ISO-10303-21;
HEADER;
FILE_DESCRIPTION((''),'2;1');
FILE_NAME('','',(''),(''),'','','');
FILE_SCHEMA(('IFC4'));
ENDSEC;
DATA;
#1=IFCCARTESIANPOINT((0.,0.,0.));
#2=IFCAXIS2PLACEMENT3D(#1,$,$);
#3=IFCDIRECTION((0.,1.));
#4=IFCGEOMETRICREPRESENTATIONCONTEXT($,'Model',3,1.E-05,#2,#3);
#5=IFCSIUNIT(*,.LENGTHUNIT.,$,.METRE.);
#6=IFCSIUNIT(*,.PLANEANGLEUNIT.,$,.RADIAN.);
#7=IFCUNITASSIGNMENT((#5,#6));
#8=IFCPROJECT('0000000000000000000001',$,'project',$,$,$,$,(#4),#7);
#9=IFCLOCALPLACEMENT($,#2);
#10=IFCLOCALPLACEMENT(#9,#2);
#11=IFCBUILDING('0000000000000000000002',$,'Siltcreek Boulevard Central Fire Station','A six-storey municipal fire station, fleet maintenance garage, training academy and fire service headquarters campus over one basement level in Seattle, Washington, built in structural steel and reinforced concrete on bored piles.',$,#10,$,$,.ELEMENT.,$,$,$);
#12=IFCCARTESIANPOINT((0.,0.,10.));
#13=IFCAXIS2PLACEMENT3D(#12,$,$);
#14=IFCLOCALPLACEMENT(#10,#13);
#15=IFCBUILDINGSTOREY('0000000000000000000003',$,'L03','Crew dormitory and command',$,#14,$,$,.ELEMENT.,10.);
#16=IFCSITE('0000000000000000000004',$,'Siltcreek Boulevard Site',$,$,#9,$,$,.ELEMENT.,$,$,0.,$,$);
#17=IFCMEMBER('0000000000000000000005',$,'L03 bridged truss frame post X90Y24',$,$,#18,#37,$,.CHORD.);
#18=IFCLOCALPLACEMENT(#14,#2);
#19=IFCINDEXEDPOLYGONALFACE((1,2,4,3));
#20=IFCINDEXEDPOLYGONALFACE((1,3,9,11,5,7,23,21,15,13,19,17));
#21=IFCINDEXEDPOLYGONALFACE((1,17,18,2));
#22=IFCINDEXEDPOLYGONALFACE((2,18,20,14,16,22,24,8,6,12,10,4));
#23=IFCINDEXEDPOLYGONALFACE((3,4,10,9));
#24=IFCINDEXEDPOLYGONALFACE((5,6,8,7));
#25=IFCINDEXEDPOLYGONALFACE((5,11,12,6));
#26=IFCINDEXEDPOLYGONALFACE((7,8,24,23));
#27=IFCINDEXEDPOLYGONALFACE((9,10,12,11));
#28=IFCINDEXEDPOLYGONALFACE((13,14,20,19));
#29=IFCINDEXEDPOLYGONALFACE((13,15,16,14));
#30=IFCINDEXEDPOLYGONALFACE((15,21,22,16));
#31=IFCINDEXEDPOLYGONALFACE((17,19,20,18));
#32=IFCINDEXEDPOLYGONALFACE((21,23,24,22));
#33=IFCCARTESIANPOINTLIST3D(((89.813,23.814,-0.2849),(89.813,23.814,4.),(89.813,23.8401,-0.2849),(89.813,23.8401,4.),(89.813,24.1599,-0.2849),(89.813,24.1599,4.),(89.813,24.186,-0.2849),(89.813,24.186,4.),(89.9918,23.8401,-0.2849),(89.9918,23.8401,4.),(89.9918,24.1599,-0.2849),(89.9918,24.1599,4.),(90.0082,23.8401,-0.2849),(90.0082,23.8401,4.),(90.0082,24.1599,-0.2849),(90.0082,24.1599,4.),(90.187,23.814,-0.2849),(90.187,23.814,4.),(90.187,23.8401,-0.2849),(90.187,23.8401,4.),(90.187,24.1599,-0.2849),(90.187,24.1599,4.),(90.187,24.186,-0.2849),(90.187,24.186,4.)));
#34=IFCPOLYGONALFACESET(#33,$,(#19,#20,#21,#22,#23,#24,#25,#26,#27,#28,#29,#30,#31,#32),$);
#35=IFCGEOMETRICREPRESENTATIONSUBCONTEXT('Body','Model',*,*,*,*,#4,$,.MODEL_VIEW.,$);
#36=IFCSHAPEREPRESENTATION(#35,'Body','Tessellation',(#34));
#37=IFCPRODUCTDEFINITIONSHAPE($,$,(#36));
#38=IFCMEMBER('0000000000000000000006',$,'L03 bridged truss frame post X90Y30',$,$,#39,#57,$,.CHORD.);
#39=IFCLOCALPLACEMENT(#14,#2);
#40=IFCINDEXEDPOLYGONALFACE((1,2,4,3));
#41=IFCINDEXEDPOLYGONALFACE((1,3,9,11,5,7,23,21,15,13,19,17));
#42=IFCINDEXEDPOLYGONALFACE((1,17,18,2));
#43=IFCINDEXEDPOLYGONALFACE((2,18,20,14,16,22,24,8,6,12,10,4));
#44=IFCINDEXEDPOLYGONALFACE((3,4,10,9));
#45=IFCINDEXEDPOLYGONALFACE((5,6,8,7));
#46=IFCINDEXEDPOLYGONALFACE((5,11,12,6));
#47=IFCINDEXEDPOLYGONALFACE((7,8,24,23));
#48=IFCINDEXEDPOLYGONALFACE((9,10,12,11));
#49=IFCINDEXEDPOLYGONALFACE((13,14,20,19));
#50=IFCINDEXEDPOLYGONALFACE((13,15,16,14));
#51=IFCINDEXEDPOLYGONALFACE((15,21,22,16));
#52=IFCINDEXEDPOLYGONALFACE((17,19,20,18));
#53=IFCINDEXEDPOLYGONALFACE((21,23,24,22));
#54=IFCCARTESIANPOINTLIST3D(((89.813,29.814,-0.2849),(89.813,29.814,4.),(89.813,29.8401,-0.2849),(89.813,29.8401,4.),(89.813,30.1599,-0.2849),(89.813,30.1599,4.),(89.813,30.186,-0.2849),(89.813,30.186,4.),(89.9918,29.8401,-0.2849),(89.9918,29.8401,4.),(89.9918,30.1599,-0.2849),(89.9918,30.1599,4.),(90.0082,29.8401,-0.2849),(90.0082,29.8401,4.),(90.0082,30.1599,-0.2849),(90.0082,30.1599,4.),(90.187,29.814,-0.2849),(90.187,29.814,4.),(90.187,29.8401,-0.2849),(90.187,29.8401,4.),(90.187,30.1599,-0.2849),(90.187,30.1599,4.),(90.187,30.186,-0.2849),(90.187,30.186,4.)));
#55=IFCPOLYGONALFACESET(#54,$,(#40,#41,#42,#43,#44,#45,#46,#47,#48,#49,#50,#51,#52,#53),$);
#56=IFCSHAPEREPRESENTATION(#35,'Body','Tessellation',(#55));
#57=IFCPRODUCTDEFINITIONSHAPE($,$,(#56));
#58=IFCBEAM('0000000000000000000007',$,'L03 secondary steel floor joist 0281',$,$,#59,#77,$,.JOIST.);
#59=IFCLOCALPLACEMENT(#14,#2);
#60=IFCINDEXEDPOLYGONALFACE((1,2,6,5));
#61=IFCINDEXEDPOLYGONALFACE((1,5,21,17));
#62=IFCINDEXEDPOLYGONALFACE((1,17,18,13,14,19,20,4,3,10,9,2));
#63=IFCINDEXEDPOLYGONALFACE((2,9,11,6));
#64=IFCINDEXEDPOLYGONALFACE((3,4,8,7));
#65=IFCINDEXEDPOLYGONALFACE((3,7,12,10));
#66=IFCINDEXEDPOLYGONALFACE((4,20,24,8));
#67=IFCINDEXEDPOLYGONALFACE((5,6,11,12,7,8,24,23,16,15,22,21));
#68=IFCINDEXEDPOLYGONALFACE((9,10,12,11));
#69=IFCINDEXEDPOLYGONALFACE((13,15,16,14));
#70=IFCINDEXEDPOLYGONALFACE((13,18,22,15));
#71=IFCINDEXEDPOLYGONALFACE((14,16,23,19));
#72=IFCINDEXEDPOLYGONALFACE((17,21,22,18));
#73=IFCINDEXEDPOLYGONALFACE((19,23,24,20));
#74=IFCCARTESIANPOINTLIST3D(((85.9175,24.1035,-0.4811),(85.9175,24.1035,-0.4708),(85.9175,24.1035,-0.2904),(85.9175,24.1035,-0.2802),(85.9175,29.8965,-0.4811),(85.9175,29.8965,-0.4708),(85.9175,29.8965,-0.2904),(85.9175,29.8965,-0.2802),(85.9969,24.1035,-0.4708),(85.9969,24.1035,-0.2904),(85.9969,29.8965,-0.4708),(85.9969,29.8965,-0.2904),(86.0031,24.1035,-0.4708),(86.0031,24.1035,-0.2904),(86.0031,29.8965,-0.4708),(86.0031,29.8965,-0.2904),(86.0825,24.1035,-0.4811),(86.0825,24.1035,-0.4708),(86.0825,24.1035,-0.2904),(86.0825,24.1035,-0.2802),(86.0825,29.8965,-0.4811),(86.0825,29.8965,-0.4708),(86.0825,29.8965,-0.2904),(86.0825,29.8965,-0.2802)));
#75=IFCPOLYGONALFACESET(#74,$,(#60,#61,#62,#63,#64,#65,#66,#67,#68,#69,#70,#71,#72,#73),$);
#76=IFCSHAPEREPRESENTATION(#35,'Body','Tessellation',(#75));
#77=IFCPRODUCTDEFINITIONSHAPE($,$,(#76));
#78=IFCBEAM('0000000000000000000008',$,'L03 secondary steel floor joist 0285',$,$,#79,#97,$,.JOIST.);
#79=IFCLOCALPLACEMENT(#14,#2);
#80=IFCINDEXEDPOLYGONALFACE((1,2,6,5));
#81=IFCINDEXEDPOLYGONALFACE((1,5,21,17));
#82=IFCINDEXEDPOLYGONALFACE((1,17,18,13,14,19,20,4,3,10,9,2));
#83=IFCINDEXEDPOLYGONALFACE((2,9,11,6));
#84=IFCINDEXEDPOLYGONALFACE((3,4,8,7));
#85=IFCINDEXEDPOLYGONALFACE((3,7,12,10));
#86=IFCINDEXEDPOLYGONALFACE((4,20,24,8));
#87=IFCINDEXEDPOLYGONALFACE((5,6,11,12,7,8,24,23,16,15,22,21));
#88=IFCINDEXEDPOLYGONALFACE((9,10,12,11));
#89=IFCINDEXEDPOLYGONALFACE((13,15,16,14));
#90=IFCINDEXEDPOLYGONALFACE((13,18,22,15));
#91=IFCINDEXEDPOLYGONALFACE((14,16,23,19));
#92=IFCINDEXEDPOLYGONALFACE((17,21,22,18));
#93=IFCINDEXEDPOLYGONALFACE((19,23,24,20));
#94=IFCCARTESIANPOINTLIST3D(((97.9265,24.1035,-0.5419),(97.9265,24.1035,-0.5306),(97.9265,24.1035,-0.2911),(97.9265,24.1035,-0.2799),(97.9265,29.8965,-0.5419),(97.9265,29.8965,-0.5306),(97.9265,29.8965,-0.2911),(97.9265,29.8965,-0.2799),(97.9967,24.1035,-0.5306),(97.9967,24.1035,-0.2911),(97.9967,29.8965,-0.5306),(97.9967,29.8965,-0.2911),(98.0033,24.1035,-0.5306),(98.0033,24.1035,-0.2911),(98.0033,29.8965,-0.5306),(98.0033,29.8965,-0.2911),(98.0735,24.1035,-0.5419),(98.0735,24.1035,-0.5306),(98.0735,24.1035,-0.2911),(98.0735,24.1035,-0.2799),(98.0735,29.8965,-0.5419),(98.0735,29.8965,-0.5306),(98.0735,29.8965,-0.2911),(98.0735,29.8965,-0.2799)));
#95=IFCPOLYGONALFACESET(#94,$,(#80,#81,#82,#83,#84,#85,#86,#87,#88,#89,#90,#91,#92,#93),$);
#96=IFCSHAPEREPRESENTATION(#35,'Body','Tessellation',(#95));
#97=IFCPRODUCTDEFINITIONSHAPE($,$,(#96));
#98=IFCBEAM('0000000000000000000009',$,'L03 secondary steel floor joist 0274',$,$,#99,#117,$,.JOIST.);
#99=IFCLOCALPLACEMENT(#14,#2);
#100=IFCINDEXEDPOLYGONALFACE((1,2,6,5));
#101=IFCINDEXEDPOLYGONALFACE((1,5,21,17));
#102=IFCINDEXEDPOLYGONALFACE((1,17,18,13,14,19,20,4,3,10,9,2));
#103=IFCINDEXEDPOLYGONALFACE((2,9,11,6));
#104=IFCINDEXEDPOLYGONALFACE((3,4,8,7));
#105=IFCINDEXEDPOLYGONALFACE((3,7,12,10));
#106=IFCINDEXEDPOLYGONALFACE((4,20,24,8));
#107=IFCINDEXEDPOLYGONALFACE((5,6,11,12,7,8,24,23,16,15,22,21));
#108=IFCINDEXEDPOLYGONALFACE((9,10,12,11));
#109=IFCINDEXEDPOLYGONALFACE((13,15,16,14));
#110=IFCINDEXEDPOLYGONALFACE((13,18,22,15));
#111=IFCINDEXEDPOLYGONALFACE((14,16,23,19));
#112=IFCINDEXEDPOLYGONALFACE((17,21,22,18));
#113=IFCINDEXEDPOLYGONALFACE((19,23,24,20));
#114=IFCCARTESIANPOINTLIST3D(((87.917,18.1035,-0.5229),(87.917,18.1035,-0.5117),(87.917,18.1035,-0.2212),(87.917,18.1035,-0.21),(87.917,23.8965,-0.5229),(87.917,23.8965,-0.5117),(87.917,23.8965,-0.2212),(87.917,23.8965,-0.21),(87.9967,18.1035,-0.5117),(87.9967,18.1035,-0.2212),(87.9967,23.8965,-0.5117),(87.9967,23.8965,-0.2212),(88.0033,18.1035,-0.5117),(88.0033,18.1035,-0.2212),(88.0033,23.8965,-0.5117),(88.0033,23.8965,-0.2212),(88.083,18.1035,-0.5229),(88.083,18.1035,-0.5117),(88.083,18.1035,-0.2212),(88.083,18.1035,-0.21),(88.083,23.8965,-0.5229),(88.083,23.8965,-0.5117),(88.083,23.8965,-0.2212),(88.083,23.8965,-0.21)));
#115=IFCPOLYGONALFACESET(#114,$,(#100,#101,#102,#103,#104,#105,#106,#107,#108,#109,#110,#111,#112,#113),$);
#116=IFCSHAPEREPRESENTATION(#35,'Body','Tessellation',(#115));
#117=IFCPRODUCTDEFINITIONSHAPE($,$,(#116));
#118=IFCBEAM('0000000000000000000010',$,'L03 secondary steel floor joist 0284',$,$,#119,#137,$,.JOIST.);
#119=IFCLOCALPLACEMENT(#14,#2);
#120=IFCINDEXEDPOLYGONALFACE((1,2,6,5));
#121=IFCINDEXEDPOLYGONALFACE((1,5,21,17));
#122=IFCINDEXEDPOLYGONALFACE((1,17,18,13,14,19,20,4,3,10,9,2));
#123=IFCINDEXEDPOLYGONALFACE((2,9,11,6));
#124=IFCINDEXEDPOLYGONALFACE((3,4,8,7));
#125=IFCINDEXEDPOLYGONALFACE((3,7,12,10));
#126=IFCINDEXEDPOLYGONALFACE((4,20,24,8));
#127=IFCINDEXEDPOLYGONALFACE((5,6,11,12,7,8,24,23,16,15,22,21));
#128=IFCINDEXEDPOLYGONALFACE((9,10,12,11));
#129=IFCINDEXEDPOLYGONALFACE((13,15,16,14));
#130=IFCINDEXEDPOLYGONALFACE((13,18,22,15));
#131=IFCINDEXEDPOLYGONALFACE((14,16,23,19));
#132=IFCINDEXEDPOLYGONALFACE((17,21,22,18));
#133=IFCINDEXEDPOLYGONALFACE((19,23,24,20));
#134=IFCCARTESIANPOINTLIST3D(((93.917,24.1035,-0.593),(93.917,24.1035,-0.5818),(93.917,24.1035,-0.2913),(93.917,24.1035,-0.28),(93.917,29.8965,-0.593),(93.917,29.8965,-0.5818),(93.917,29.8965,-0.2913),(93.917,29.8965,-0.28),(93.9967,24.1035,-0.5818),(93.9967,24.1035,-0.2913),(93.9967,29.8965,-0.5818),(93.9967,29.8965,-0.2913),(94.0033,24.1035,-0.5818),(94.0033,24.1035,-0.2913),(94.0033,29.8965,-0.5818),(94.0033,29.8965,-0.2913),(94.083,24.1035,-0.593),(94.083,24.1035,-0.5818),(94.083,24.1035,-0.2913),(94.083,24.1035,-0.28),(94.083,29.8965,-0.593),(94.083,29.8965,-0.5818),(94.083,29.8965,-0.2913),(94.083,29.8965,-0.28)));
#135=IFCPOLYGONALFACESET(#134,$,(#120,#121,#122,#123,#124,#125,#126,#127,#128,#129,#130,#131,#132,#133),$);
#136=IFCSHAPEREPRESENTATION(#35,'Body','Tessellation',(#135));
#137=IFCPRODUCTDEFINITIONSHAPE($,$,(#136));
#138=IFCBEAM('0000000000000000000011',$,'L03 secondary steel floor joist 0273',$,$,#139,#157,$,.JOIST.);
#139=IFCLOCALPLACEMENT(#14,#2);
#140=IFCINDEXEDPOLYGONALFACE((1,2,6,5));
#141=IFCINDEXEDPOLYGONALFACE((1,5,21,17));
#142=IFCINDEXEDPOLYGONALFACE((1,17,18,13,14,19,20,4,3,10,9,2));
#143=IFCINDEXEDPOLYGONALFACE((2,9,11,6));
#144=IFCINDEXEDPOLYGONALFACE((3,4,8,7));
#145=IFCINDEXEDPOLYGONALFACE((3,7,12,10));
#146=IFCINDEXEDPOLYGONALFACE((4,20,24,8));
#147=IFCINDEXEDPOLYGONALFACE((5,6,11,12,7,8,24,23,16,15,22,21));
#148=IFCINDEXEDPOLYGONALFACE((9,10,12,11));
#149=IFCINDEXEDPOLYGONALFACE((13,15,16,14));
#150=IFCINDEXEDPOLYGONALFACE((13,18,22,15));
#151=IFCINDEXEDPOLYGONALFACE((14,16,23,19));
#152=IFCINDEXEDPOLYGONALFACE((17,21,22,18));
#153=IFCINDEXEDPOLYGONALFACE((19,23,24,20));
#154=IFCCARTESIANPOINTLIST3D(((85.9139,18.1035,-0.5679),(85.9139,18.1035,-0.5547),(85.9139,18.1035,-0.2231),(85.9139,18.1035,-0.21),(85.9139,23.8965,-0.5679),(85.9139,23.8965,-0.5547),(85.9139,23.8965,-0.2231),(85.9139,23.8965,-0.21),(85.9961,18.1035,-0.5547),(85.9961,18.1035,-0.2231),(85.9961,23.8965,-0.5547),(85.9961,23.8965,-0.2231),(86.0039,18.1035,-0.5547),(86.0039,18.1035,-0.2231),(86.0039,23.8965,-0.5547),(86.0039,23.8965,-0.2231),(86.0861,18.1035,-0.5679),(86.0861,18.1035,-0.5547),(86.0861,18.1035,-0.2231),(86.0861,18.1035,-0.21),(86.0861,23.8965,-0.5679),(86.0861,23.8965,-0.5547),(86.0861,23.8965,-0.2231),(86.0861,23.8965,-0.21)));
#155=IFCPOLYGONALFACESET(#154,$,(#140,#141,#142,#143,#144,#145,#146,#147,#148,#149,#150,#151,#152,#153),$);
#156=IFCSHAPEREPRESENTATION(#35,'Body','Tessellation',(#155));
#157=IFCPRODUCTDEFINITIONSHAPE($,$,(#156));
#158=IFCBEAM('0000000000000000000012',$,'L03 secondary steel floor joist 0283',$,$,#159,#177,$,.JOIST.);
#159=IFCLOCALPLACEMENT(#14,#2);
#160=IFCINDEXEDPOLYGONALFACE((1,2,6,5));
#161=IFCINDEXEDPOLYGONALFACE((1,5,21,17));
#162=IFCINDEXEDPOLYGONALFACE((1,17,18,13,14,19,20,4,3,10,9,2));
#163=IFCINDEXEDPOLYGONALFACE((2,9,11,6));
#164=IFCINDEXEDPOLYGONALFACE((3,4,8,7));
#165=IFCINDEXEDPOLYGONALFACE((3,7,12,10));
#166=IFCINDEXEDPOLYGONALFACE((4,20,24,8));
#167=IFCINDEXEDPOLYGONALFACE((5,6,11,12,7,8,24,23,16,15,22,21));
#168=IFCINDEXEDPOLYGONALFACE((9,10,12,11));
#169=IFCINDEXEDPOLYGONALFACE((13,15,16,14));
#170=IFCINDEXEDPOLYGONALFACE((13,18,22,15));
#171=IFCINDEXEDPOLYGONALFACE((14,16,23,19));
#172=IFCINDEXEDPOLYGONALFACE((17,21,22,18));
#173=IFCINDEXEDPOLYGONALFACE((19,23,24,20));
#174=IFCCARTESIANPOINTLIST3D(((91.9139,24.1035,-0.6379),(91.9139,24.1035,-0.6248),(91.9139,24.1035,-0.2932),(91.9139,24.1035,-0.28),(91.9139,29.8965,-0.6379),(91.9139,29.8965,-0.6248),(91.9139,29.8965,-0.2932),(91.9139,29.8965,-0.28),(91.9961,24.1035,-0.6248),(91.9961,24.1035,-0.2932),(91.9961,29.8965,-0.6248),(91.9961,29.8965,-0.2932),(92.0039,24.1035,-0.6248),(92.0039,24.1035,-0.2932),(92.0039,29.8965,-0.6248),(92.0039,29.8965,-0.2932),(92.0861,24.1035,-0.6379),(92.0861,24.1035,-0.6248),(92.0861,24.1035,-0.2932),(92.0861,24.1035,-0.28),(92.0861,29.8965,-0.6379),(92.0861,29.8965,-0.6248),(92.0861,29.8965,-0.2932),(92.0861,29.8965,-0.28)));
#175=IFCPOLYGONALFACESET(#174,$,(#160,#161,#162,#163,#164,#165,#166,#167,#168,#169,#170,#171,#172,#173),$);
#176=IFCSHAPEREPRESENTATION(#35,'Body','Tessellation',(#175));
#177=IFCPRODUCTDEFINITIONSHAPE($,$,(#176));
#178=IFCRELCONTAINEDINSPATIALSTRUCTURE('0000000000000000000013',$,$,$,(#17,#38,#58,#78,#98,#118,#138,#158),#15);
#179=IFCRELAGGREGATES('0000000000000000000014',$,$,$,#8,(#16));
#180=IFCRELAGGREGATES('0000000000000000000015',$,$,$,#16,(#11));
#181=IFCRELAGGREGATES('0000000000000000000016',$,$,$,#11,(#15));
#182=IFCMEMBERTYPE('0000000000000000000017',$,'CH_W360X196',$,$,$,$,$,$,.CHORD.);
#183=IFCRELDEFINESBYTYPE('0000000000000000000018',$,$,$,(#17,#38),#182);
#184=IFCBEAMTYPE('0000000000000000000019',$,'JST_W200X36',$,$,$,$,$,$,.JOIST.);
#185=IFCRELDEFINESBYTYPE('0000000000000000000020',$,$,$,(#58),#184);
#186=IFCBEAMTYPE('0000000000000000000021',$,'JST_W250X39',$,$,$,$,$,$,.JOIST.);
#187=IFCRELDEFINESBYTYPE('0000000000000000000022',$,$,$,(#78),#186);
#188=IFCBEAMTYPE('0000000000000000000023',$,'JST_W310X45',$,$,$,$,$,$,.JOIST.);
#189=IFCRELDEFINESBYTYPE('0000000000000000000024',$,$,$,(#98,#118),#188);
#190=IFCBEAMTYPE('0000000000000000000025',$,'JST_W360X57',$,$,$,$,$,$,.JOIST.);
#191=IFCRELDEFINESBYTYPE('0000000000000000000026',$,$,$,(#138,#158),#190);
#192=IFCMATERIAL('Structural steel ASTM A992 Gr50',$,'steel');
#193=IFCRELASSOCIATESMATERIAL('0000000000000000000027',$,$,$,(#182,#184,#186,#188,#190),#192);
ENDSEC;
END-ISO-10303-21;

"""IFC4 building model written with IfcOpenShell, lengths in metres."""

from ifc_helpers import new_model, si_unit, direction, frame, origin, origin_2d, place, context, subcontext, project, spatial, i_section, extrude, material, material_profile, profile_set, type_object, element, save


model = new_model("IFC4")

# Units and contexts
model_context = context("Model", 3, precision=1e-05, world=origin(), true_north=direction((0.0, 1.0)))
body_context = subcontext(model_context, "Body", "Model", "MODEL_VIEW")
ifc_project = project(units=[si_unit("LENGTHUNIT", "METRE"), si_unit("PLANEANGLEUNIT", "RADIAN")], contexts=[model_context])

# Site, building, storey
site_placement = place(None, origin())
site = spatial("IfcSite", under=ifc_project, at=site_placement, Name="Siltcreek Boulevard Site", CompositionType="ELEMENT", RefElevation=0.0)
building_placement = place(site_placement, origin())
building = spatial("IfcBuilding", under=site, at=building_placement, Name="Siltcreek Boulevard Central Fire Station", Description="A six-storey municipal fire station, fleet maintenance garage, training academy and fire service headquarters campus over one basement level in Seattle, Washington, built in structural steel and reinforced concrete on bored piles.", CompositionType="ELEMENT")
storey_placement = place(building_placement, frame((0.0, 0.0, 10.0)))
storey = spatial("IfcBuildingStorey", under=building, at=storey_placement, Name="L03", Description="Crew dormitory and command", CompositionType="ELEMENT", Elevation=10.0)

# Shared definitions
ifc_material_1 = material(Name="Structural steel ASTM A992 Gr50", Category="steel")

# Members
ifc_material_profile_1 = material_profile(ifc_material_1, i_section(OverallWidth=0.374, OverallDepth=0.3721, WebThickness=0.0164, FlangeThickness=0.0261, at=origin_2d()), Name="W360X196")
ifc_profile_set_1 = profile_set([ifc_material_profile_1], Name="Structural steel ASTM A992 Gr50")
member_type = type_object("IfcMemberType", Name="CH_W360X196", PredefinedType="CHORD", material=ifc_profile_set_1)
for number, where, z_axis, x_axis, name in (
    (1, (90.0, 24.0, -0.2849), (0.0, 0.0, 1.0), (1.0, 0.0, 0.0), "L03 bridged truss frame post X90Y24"),
    (2, (90.0, 30.0, -0.2849), (0.0, 0.0, 1.0), (1.0, 0.0, 0.0), "L03 bridged truss frame post X90Y30"),
):
    element("IfcMember", number, at=place(storey_placement, frame(where, z_axis=z_axis, x_axis=x_axis)), inside=storey, type_object=member_type, Name=name, PredefinedType="CHORD", context=body_context, shape_type="SweptSolid", body=[
        extrude(i_section(OverallWidth=0.374, OverallDepth=0.3721, WebThickness=0.0164, FlangeThickness=0.0261, at=origin_2d()), origin(), (0.0, 0.0, 1.0), 4.2849),
    ])

# Beams
ifc_material_profile_2 = material_profile(ifc_material_1, i_section(OverallWidth=0.165, OverallDepth=0.2009, WebThickness=0.0061, FlangeThickness=0.0103, at=origin_2d()), Name="W200X36")
ifc_profile_set_2 = profile_set([ifc_material_profile_2], Name="Structural steel ASTM A992 Gr50")
beam_type_1 = type_object("IfcBeamType", Name="JST_W200X36", PredefinedType="JOIST", material=ifc_profile_set_2)
beam_1_placement = place(storey_placement, frame((86.0, 24.1035, -0.3806), z_axis=(0.0, 1.0, 0.0), x_axis=(-1.0, 0.0, 0.0)))
element("IfcBeam", 3, at=beam_1_placement, inside=storey, type_object=beam_type_1, Name="L03 secondary steel floor joist 0281", PredefinedType="JOIST", context=body_context, shape_type="SweptSolid", body=[
    extrude(i_section(OverallWidth=0.165, OverallDepth=0.2009, WebThickness=0.0061, FlangeThickness=0.0103, at=origin_2d()), origin(), (0.0, 0.0, 1.0), 5.793),
])
ifc_material_profile_3 = material_profile(ifc_material_1, i_section(OverallWidth=0.147, OverallDepth=0.262, WebThickness=0.0066, FlangeThickness=0.0112, at=origin_2d()), Name="W250X39")
ifc_profile_set_3 = profile_set([ifc_material_profile_3], Name="Structural steel ASTM A992 Gr50")
beam_type_2 = type_object("IfcBeamType", Name="JST_W250X39", PredefinedType="JOIST", material=ifc_profile_set_3)
beam_2_placement = place(storey_placement, frame((98.0, 24.1035, -0.4109), z_axis=(0.0, 1.0, 0.0), x_axis=(-1.0, 0.0, 0.0)))
element("IfcBeam", 4, at=beam_2_placement, inside=storey, type_object=beam_type_2, Name="L03 secondary steel floor joist 0285", PredefinedType="JOIST", context=body_context, shape_type="SweptSolid", body=[
    extrude(i_section(OverallWidth=0.147, OverallDepth=0.262, WebThickness=0.0066, FlangeThickness=0.0112, at=origin_2d()), origin(), (0.0, 0.0, 1.0), 5.793),
])
ifc_material_profile_4 = material_profile(ifc_material_1, i_section(OverallWidth=0.166, OverallDepth=0.313, WebThickness=0.0066, FlangeThickness=0.0112, at=origin_2d()), Name="W310X45")
ifc_profile_set_4 = profile_set([ifc_material_profile_4], Name="Structural steel ASTM A992 Gr50")
beam_type_3 = type_object("IfcBeamType", Name="JST_W310X45", PredefinedType="JOIST", material=ifc_profile_set_4)
for number, where, z_axis, x_axis, name in (
    (5, (88.0, 18.1035, -0.3665), (0.0, 1.0, 0.0), (-1.0, 0.0, 0.0), "L03 secondary steel floor joist 0274"),
    (6, (94.0, 24.1035, -0.4365), (0.0, 1.0, 0.0), (-1.0, 0.0, 0.0), "L03 secondary steel floor joist 0284"),
):
    element("IfcBeam", number, at=place(storey_placement, frame(where, z_axis=z_axis, x_axis=x_axis)), inside=storey, type_object=beam_type_3, Name=name, PredefinedType="JOIST", context=body_context, shape_type="SweptSolid", body=[
        extrude(i_section(OverallWidth=0.166, OverallDepth=0.313, WebThickness=0.0066, FlangeThickness=0.0112, at=origin_2d()), origin(), (0.0, 0.0, 1.0), 5.793),
    ])
ifc_material_profile_5 = material_profile(ifc_material_1, i_section(OverallWidth=0.1721, OverallDepth=0.3579, WebThickness=0.0078, FlangeThickness=0.0132, at=origin_2d()), Name="W360X57")
ifc_profile_set_5 = profile_set([ifc_material_profile_5], Name="Structural steel ASTM A992 Gr50")
beam_type_4 = type_object("IfcBeamType", Name="JST_W360X57", PredefinedType="JOIST", material=ifc_profile_set_5)
for number, where, z_axis, x_axis, name in (
    (7, (86.0, 18.1035, -0.3889), (0.0, 1.0, 0.0), (-1.0, 0.0, 0.0), "L03 secondary steel floor joist 0273"),
    (8, (92.0, 24.1035, -0.459), (0.0, 1.0, 0.0), (-1.0, 0.0, 0.0), "L03 secondary steel floor joist 0283"),
):
    element("IfcBeam", number, at=place(storey_placement, frame(where, z_axis=z_axis, x_axis=x_axis)), inside=storey, type_object=beam_type_4, Name=name, PredefinedType="JOIST", context=body_context, shape_type="SweptSolid", body=[
        extrude(i_section(OverallWidth=0.1721, OverallDepth=0.3579, WebThickness=0.0078, FlangeThickness=0.0132, at=origin_2d()), origin(), (0.0, 0.0, 1.0), 5.793),
    ])

save(model, "model.ifc")
